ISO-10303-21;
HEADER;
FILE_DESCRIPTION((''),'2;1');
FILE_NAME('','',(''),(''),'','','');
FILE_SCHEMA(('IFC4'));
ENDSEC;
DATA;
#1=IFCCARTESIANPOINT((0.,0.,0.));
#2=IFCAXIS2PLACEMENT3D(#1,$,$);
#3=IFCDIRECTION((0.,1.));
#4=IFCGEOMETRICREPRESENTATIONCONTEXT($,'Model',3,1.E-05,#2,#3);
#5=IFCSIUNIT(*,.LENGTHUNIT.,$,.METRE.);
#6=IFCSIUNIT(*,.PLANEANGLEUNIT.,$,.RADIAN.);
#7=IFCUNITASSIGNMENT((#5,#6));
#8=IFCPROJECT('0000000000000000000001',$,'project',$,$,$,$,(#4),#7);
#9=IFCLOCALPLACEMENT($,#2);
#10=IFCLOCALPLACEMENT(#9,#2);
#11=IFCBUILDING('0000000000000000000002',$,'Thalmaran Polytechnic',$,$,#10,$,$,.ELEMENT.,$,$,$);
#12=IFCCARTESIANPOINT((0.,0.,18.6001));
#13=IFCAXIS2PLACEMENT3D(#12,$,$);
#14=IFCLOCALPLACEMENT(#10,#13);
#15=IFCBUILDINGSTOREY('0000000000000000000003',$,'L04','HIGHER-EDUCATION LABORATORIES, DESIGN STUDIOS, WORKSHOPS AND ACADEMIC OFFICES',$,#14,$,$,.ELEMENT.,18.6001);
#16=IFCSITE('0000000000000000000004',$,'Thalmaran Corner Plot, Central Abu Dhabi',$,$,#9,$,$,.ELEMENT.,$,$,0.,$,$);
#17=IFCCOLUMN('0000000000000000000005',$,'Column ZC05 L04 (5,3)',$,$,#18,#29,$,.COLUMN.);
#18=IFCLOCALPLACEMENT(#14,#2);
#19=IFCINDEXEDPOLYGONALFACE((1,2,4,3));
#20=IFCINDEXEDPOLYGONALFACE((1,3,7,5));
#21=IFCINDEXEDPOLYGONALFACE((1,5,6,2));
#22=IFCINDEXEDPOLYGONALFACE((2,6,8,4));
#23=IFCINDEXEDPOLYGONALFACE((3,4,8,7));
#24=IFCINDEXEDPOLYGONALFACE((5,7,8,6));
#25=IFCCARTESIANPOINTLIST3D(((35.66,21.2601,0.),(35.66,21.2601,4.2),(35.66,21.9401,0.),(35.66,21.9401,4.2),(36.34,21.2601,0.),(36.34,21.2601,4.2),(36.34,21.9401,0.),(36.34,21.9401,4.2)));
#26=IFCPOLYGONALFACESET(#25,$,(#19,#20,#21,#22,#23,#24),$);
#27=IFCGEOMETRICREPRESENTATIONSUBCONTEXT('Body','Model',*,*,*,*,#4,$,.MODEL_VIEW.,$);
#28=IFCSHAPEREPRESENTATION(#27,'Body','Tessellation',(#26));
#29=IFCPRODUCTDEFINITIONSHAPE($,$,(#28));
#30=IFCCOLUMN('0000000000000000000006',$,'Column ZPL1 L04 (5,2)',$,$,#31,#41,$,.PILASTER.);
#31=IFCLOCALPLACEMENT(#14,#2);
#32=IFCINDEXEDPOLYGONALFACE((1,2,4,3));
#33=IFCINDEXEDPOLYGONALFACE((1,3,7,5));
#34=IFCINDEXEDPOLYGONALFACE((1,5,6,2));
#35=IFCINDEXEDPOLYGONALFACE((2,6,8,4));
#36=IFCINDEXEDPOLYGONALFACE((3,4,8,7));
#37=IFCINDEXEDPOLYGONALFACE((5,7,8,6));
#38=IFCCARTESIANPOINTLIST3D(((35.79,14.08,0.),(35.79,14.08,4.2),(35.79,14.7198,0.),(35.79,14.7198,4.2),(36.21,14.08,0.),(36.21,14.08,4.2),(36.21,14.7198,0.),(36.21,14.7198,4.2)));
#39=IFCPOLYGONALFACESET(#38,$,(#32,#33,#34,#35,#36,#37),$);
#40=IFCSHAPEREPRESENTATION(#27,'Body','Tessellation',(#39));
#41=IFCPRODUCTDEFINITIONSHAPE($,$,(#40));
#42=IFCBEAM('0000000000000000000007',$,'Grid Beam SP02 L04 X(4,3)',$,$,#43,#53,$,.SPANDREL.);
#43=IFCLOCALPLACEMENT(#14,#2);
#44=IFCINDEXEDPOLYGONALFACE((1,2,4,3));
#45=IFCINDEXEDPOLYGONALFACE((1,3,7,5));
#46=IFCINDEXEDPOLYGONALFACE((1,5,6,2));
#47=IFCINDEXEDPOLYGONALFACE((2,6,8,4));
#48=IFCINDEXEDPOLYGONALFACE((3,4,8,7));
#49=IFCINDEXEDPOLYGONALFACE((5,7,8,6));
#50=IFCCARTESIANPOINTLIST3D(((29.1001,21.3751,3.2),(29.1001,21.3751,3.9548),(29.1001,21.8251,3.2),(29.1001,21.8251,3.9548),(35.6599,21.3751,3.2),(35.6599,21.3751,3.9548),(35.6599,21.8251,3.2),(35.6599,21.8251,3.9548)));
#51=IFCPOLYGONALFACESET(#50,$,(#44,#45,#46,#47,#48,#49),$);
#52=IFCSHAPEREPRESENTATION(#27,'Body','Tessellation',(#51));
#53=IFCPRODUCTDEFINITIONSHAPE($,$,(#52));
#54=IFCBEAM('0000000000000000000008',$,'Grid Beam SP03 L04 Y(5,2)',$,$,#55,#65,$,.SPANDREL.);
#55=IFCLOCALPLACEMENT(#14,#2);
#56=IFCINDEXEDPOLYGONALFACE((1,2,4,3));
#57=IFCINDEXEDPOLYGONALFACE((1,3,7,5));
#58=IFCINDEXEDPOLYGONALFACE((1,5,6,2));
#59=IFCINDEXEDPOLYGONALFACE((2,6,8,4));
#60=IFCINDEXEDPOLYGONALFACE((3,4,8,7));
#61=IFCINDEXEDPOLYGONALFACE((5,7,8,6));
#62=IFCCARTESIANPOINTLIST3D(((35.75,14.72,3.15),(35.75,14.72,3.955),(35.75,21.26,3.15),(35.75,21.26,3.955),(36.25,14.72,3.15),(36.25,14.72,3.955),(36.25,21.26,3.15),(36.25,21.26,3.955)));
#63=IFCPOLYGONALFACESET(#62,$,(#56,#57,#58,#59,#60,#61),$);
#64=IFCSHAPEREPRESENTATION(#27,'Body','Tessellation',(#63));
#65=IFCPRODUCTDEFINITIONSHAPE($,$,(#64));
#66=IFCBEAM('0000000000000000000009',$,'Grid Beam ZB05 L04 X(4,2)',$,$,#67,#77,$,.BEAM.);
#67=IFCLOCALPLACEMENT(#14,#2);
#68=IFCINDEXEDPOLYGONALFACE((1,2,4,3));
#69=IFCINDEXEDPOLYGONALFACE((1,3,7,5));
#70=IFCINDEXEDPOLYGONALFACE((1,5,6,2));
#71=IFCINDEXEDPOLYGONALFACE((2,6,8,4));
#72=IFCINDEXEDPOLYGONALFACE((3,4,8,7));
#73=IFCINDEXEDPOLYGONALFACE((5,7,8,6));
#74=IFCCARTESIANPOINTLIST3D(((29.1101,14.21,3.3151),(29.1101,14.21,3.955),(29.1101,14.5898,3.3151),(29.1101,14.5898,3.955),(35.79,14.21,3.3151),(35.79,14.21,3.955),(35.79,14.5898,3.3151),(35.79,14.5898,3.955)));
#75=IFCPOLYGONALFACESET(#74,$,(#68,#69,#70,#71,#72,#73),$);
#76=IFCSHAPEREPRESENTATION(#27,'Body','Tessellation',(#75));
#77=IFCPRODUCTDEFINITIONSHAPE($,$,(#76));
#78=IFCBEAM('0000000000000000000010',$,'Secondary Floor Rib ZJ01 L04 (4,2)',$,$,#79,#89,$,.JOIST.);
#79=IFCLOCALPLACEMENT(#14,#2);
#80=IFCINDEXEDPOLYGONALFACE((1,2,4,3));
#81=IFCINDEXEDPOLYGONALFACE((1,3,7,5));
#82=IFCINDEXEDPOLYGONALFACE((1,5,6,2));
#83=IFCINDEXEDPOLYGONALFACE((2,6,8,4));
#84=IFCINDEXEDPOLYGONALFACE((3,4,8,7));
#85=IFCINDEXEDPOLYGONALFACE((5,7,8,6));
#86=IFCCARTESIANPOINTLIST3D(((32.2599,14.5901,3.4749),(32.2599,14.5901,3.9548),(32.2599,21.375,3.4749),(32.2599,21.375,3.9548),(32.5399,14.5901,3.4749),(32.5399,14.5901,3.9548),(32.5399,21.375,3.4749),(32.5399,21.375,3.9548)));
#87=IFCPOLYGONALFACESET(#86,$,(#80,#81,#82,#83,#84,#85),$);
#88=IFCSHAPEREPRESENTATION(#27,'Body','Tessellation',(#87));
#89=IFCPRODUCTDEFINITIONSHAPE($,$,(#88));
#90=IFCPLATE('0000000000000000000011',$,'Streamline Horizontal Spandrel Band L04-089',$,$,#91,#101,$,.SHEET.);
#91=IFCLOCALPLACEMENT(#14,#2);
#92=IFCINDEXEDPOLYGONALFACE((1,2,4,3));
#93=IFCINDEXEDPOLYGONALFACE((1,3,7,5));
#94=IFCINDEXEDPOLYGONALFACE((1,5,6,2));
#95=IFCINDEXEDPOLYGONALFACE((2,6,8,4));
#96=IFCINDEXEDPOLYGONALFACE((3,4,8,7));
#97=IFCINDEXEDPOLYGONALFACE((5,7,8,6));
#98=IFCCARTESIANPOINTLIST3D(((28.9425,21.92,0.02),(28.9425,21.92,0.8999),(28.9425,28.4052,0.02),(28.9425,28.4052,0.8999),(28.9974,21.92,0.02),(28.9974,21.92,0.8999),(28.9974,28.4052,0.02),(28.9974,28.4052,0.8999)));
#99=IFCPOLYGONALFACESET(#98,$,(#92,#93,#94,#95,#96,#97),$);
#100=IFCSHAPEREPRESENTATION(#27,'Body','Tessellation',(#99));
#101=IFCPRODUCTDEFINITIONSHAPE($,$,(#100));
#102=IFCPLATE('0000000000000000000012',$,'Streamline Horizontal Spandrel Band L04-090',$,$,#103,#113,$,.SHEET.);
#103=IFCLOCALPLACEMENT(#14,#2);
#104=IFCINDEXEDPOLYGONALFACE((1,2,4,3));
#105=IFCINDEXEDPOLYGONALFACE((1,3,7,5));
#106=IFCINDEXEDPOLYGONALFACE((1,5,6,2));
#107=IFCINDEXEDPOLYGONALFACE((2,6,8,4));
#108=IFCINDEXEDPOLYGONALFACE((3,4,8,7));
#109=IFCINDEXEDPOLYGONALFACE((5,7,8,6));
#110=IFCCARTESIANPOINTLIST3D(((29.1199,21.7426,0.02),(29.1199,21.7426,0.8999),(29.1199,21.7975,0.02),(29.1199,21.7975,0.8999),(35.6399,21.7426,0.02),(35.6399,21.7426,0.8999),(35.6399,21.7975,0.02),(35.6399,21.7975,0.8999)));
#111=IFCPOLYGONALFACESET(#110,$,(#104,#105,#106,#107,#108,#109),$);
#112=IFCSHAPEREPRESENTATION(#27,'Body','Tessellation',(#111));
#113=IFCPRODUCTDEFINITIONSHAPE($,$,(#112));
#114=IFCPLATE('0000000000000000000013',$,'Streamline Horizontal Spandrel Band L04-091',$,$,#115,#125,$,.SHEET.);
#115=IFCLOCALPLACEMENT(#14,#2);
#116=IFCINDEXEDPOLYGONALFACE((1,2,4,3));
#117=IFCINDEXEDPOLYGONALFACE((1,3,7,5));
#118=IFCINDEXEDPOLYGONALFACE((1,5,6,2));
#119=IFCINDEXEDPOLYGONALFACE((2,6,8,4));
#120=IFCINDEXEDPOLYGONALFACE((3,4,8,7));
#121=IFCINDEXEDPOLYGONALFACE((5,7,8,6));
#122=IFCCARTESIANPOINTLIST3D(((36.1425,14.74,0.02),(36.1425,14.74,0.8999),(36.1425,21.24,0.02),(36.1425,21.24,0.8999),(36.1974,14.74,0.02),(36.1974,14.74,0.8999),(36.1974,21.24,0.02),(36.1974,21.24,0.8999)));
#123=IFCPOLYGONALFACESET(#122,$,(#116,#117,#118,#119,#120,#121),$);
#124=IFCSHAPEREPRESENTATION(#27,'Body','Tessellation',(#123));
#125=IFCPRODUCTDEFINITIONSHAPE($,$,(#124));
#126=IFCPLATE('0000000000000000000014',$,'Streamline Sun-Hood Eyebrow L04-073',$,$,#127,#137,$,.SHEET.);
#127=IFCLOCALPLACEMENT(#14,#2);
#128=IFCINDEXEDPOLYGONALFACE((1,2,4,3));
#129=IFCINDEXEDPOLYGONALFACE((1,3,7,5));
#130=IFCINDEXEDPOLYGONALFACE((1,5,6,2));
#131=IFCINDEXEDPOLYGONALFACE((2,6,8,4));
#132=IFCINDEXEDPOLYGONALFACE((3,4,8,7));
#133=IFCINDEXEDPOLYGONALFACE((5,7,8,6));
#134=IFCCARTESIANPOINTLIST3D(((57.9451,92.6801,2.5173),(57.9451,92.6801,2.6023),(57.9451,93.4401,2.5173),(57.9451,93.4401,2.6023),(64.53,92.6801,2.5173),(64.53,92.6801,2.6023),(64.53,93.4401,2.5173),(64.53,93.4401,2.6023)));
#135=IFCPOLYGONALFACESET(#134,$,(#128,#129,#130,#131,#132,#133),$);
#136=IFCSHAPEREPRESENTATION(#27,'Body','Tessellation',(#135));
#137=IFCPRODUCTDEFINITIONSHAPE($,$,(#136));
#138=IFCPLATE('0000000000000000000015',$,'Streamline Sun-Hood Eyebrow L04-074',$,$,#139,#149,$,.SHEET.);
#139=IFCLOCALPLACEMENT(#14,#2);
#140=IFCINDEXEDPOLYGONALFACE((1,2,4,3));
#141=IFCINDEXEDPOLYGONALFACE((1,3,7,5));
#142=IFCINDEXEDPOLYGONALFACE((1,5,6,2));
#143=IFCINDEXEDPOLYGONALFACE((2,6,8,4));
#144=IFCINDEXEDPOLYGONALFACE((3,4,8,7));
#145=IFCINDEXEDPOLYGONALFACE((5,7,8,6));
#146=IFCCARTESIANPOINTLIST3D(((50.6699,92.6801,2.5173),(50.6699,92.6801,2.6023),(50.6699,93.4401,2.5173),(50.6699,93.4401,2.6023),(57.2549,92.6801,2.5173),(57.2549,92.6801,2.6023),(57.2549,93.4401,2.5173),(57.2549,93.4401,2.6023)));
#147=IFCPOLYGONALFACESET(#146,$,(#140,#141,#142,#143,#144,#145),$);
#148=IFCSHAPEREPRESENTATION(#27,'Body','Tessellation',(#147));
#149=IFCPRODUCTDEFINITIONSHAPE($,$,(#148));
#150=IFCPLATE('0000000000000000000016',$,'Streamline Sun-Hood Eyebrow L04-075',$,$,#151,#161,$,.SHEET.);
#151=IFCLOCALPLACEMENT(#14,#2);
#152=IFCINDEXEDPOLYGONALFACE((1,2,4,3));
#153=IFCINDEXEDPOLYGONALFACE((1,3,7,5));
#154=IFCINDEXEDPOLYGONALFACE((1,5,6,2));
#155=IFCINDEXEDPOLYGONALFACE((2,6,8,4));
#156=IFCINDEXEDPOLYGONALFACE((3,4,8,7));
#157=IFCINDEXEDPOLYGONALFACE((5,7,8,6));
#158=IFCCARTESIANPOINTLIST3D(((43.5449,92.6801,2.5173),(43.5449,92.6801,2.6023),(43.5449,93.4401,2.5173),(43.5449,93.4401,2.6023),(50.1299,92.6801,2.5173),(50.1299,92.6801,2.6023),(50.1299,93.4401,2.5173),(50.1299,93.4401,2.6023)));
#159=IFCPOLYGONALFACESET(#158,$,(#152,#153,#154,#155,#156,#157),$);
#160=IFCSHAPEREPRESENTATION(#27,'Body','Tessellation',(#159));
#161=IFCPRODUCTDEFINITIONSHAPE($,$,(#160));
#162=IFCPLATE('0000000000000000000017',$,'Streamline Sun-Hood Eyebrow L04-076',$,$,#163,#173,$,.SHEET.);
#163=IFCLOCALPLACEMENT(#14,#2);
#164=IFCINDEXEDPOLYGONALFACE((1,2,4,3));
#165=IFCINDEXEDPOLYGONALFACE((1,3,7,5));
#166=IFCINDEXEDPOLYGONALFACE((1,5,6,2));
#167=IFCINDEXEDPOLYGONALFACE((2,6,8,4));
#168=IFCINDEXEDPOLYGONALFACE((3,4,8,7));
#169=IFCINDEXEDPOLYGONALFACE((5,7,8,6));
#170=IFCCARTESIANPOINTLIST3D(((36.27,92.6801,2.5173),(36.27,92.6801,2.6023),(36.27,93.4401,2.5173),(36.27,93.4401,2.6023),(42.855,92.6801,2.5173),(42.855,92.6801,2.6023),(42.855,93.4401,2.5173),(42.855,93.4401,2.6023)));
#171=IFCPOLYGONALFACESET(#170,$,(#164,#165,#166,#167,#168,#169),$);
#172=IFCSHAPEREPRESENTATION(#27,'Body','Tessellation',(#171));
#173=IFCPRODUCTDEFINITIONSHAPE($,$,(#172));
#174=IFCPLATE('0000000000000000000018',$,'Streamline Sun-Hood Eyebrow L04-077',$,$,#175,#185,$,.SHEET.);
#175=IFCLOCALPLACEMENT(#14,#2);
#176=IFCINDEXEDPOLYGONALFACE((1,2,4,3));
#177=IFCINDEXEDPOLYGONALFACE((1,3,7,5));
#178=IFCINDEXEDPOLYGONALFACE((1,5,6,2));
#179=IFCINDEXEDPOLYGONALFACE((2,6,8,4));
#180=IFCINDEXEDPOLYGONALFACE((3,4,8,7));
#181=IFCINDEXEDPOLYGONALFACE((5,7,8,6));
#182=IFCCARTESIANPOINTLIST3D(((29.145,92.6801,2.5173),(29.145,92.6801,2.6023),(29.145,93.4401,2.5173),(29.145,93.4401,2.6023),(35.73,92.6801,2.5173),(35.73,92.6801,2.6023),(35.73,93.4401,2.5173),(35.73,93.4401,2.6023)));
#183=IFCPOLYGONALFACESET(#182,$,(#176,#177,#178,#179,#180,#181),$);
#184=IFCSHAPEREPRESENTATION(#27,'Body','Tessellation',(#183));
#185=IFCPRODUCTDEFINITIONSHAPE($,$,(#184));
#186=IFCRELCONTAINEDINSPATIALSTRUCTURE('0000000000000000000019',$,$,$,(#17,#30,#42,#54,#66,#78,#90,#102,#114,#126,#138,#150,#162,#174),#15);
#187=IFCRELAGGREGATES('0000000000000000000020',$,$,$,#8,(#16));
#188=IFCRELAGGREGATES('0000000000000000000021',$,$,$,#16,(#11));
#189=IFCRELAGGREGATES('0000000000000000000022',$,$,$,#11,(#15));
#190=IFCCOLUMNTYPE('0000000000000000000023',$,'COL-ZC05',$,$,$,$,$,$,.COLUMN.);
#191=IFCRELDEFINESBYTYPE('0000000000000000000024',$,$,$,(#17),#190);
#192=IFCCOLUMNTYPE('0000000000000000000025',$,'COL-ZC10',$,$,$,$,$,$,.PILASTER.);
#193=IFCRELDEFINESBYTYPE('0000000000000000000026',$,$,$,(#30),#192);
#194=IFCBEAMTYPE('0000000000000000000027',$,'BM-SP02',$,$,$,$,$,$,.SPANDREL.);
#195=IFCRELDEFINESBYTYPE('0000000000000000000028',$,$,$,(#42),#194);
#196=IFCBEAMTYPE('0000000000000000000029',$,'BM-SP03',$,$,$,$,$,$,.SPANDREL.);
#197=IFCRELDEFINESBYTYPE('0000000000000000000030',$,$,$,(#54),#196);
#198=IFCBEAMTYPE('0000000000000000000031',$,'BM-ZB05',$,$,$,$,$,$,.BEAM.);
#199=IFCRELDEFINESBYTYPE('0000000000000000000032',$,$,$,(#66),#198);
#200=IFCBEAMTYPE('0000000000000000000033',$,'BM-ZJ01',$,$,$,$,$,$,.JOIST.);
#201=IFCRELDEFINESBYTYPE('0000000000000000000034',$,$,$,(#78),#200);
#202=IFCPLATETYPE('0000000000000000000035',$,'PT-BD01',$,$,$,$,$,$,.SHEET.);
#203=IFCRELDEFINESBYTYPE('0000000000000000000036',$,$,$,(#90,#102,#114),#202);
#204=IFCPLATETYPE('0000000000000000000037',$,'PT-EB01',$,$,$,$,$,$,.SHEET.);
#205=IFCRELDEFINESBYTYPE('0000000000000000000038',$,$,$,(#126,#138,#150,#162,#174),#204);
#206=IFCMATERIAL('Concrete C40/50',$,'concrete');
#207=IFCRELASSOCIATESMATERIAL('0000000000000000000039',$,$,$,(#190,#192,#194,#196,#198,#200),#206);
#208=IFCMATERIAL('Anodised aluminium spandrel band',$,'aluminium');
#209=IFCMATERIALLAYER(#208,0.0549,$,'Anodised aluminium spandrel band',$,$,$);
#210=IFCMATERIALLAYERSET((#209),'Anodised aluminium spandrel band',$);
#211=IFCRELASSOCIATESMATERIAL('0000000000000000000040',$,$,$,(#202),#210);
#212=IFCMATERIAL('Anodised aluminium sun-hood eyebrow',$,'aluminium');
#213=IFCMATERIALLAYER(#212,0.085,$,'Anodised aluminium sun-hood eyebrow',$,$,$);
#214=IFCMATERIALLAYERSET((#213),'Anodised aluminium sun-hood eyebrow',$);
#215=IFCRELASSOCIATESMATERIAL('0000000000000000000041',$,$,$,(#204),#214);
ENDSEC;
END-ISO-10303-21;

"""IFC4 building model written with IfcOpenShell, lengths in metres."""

from ifc_helpers import new_model, si_unit, direction, frame, origin, origin_2d, place, context, subcontext, project, spatial, rectangle, extrude, material, layer, layer_set, material_profile, profile_set, type_object, element, save


model = new_model("IFC4")

# Units and contexts
model_context = context("Model", 3, precision=1e-05, world=origin(), true_north=direction((0.0, 1.0)))
body_context = subcontext(model_context, "Body", "Model", "MODEL_VIEW")
ifc_project = project(units=[si_unit("LENGTHUNIT", "METRE"), si_unit("PLANEANGLEUNIT", "RADIAN")], contexts=[model_context])

# Site, building, storey
site_placement = place(None, origin())
site = spatial("IfcSite", under=ifc_project, at=site_placement, Name="Thalmaran Corner Plot, Central Abu Dhabi", CompositionType="ELEMENT", RefElevation=0.0)
building_placement = place(site_placement, origin())
building = spatial("IfcBuilding", under=site, at=building_placement, Name="Thalmaran Polytechnic", CompositionType="ELEMENT")
storey_placement = place(building_placement, frame((0.0, 0.0, 18.6001)))
storey = spatial("IfcBuildingStorey", under=building, at=storey_placement, Name="L04", Description="HIGHER-EDUCATION LABORATORIES, DESIGN STUDIOS, WORKSHOPS AND ACADEMIC OFFICES", CompositionType="ELEMENT", Elevation=18.6001)

# Columns
ifc_material_1 = material(Name="Concrete C40/50", Category="concrete")
ifc_material_profile_1 = material_profile(ifc_material_1, rectangle(XDim=0.6799, YDim=0.6799, at=origin_2d()), Name="RC 680x680")
ifc_profile_set_1 = profile_set([ifc_material_profile_1], Name="Concrete C40/50")
column_type_1 = type_object("IfcColumnType", Name="COL-ZC05", PredefinedType="COLUMN", material=ifc_profile_set_1)
column_1_placement = place(storey_placement, frame((36.0, 21.6001, 0.0), z_axis=(0.0, 0.0, 1.0), x_axis=(1.0, 0.0, 0.0)))
element("IfcColumn", 1, at=column_1_placement, inside=storey, type_object=column_type_1, Name="Column ZC05 L04 (5,3)", PredefinedType="COLUMN", context=body_context, shape_type="SweptSolid", body=[
    extrude(rectangle(XDim=0.6799, YDim=0.6799, at=origin_2d()), origin(), (0.0, 0.0, 1.0), 4.2),
])
ifc_material_profile_2 = material_profile(ifc_material_1, rectangle(XDim=0.4199, YDim=0.6399, at=origin_2d()), Name="RC 420x640")
ifc_profile_set_2 = profile_set([ifc_material_profile_2], Name="Concrete C40/50")
column_type_2 = type_object("IfcColumnType", Name="COL-ZC10", PredefinedType="PILASTER", material=ifc_profile_set_2)
column_2_placement = place(storey_placement, frame((36.0, 14.3999, 0.0), z_axis=(0.0, 0.0, 1.0), x_axis=(1.0, 0.0, 0.0)))
element("IfcColumn", 2, at=column_2_placement, inside=storey, type_object=column_type_2, Name="Column ZPL1 L04 (5,2)", PredefinedType="PILASTER", context=body_context, shape_type="SweptSolid", body=[
    extrude(rectangle(XDim=0.4199, YDim=0.6399, at=origin_2d()), origin(), (0.0, 0.0, 1.0), 4.2),
])

# Beams
ifc_material_profile_3 = material_profile(ifc_material_1, rectangle(XDim=0.45, YDim=0.7549, at=origin_2d()), Name="RC 450x755")
ifc_profile_set_3 = profile_set([ifc_material_profile_3], Name="Concrete C40/50")
beam_type_1 = type_object("IfcBeamType", Name="BM-SP02", PredefinedType="SPANDREL", material=ifc_profile_set_3)
beam_1_placement = place(storey_placement, frame((29.1001, 21.6001, 3.5774), z_axis=(1.0, 0.0, 0.0), x_axis=(0.0, 1.0, 0.0)))
element("IfcBeam", 3, at=beam_1_placement, inside=storey, type_object=beam_type_1, Name="Grid Beam SP02 L04 X(4,3)", PredefinedType="SPANDREL", context=body_context, shape_type="SweptSolid", body=[
    extrude(rectangle(XDim=0.45, YDim=0.7549, at=origin_2d()), origin(), (0.0, 0.0, 1.0), 6.5598),
])
ifc_material_profile_4 = material_profile(ifc_material_1, rectangle(XDim=0.5, YDim=0.8049, at=origin_2d()), Name="RC 500x805")
ifc_profile_set_4 = profile_set([ifc_material_profile_4], Name="Concrete C40/50")
beam_type_2 = type_object("IfcBeamType", Name="BM-SP03", PredefinedType="SPANDREL", material=ifc_profile_set_4)
beam_2_placement = place(storey_placement, frame((36.0, 14.72, 3.5525), z_axis=(0.0, 1.0, 0.0), x_axis=(-1.0, 0.0, 0.0)))
element("IfcBeam", 4, at=beam_2_placement, inside=storey, type_object=beam_type_2, Name="Grid Beam SP03 L04 Y(5,2)", PredefinedType="SPANDREL", context=body_context, shape_type="SweptSolid", body=[
    extrude(rectangle(XDim=0.5, YDim=0.8049, at=origin_2d()), origin(), (0.0, 0.0, 1.0), 6.54),
])
ifc_material_profile_5 = material_profile(ifc_material_1, rectangle(XDim=0.3799, YDim=0.6399, at=origin_2d()), Name="RC 380x640")
ifc_profile_set_5 = profile_set([ifc_material_profile_5], Name="Concrete C40/50")
beam_type_3 = type_object("IfcBeamType", Name="BM-ZB05", PredefinedType="BEAM", material=ifc_profile_set_5)
beam_3_placement = place(storey_placement, frame((29.1101, 14.3999, 3.635), z_axis=(1.0, 0.0, 0.0), x_axis=(0.0, 1.0, 0.0)))
element("IfcBeam", 5, at=beam_3_placement, inside=storey, type_object=beam_type_3, Name="Grid Beam ZB05 L04 X(4,2)", PredefinedType="BEAM", context=body_context, shape_type="SweptSolid", body=[
    extrude(rectangle(XDim=0.3799, YDim=0.6399, at=origin_2d()), origin(), (0.0, 0.0, 1.0), 6.6799),
])
ifc_material_profile_6 = material_profile(ifc_material_1, rectangle(XDim=0.28, YDim=0.48, at=origin_2d()), Name="RC 280x480")
ifc_profile_set_6 = profile_set([ifc_material_profile_6], Name="Concrete C40/50")
beam_type_4 = type_object("IfcBeamType", Name="BM-ZJ01", PredefinedType="JOIST", material=ifc_profile_set_6)
beam_4_placement = place(storey_placement, frame((32.3999, 14.5901, 3.7148), z_axis=(0.0, 1.0, 0.0), x_axis=(-1.0, 0.0, 0.0)))
element("IfcBeam", 6, at=beam_4_placement, inside=storey, type_object=beam_type_4, Name="Secondary Floor Rib ZJ01 L04 (4,2)", PredefinedType="JOIST", context=body_context, shape_type="SweptSolid", body=[
    extrude(rectangle(XDim=0.28, YDim=0.48, at=origin_2d()), origin(), (0.0, 0.0, 1.0), 6.7849),
])

# Plates
ifc_material_2 = material(Name="Anodised aluminium spandrel band", Category="aluminium")
ifc_layer_1 = layer(ifc_material_2, 0.0549, Name="Anodised aluminium spandrel band")
ifc_layer_set_1 = layer_set([ifc_layer_1], Name="Anodised aluminium spandrel band")
plate_type_1 = type_object("IfcPlateType", Name="PT-BD01", PredefinedType="SHEET", material=ifc_layer_set_1)
plate_1_placement = place(storey_placement, frame((28.97, 25.1626, 0.02), z_axis=(0.0, 0.0, 1.0), x_axis=(0.0, -1.0, 0.0)))
element("IfcPlate", 7, at=plate_1_placement, inside=storey, type_object=plate_type_1, Name="Streamline Horizontal Spandrel Band L04-089", PredefinedType="SHEET", context=body_context, shape_type="SweptSolid", body=[
    extrude(rectangle(XDim=6.4851, YDim=0.0549, at=origin_2d()), origin(), (0.0, 0.0, 1.0), 0.8799),
])
plate_2_placement = place(storey_placement, frame((32.3799, 21.77, 0.02), z_axis=(0.0, 0.0, 1.0), x_axis=(1.0, 0.0, 0.0)))
element("IfcPlate", 8, at=plate_2_placement, inside=storey, type_object=plate_type_1, Name="Streamline Horizontal Spandrel Band L04-090", PredefinedType="SHEET", context=body_context, shape_type="SweptSolid", body=[
    extrude(rectangle(XDim=6.52, YDim=0.0549, at=origin_2d()), origin(), (0.0, 0.0, 1.0), 0.8799),
])
plate_3_placement = place(storey_placement, frame((36.1699, 17.99, 0.02), z_axis=(0.0, 0.0, 1.0), x_axis=(0.0, -1.0, 0.0)))
element("IfcPlate", 9, at=plate_3_placement, inside=storey, type_object=plate_type_1, Name="Streamline Horizontal Spandrel Band L04-091", PredefinedType="SHEET", context=body_context, shape_type="SweptSolid", body=[
    extrude(rectangle(XDim=6.5, YDim=0.0549, at=origin_2d()), origin(), (0.0, 0.0, 1.0), 0.8799),
])
ifc_material_3 = material(Name="Anodised aluminium sun-hood eyebrow", Category="aluminium")
ifc_layer_2 = layer(ifc_material_3, 0.085, Name="Anodised aluminium sun-hood eyebrow")
ifc_layer_set_2 = layer_set([ifc_layer_2], Name="Anodised aluminium sun-hood eyebrow")
plate_type_2 = type_object("IfcPlateType", Name="PT-EB01", PredefinedType="SHEET", material=ifc_layer_set_2)
for number, where, z_axis, x_axis, name in (
    (10, (61.2375, 93.0601, 2.5173), (0.0, 0.0, 1.0), (-1.0, 0.0, 0.0), "Streamline Sun-Hood Eyebrow L04-073"),
    (11, (53.9624, 93.0601, 2.5173), (0.0, 0.0, 1.0), (-1.0, 0.0, 0.0), "Streamline Sun-Hood Eyebrow L04-074"),
    (12, (46.8374, 93.0601, 2.5173), (0.0, 0.0, 1.0), (-1.0, 0.0, 0.0), "Streamline Sun-Hood Eyebrow L04-075"),
    (13, (39.5625, 93.0601, 2.5173), (0.0, 0.0, 1.0), (-1.0, 0.0, 0.0), "Streamline Sun-Hood Eyebrow L04-076"),
    (14, (32.4375, 93.0601, 2.5173), (0.0, 0.0, 1.0), (-1.0, 0.0, 0.0), "Streamline Sun-Hood Eyebrow L04-077"),
):
    element("IfcPlate", number, at=place(storey_placement, frame(where, z_axis=z_axis, x_axis=x_axis)), inside=storey, type_object=plate_type_2, Name=name, PredefinedType="SHEET", context=body_context, shape_type="SweptSolid", body=[
        extrude(rectangle(XDim=6.585, YDim=0.76, at=origin_2d()), origin(), (0.0, 0.0, 1.0), 0.085),
    ])

save(model, "model.ifc")
